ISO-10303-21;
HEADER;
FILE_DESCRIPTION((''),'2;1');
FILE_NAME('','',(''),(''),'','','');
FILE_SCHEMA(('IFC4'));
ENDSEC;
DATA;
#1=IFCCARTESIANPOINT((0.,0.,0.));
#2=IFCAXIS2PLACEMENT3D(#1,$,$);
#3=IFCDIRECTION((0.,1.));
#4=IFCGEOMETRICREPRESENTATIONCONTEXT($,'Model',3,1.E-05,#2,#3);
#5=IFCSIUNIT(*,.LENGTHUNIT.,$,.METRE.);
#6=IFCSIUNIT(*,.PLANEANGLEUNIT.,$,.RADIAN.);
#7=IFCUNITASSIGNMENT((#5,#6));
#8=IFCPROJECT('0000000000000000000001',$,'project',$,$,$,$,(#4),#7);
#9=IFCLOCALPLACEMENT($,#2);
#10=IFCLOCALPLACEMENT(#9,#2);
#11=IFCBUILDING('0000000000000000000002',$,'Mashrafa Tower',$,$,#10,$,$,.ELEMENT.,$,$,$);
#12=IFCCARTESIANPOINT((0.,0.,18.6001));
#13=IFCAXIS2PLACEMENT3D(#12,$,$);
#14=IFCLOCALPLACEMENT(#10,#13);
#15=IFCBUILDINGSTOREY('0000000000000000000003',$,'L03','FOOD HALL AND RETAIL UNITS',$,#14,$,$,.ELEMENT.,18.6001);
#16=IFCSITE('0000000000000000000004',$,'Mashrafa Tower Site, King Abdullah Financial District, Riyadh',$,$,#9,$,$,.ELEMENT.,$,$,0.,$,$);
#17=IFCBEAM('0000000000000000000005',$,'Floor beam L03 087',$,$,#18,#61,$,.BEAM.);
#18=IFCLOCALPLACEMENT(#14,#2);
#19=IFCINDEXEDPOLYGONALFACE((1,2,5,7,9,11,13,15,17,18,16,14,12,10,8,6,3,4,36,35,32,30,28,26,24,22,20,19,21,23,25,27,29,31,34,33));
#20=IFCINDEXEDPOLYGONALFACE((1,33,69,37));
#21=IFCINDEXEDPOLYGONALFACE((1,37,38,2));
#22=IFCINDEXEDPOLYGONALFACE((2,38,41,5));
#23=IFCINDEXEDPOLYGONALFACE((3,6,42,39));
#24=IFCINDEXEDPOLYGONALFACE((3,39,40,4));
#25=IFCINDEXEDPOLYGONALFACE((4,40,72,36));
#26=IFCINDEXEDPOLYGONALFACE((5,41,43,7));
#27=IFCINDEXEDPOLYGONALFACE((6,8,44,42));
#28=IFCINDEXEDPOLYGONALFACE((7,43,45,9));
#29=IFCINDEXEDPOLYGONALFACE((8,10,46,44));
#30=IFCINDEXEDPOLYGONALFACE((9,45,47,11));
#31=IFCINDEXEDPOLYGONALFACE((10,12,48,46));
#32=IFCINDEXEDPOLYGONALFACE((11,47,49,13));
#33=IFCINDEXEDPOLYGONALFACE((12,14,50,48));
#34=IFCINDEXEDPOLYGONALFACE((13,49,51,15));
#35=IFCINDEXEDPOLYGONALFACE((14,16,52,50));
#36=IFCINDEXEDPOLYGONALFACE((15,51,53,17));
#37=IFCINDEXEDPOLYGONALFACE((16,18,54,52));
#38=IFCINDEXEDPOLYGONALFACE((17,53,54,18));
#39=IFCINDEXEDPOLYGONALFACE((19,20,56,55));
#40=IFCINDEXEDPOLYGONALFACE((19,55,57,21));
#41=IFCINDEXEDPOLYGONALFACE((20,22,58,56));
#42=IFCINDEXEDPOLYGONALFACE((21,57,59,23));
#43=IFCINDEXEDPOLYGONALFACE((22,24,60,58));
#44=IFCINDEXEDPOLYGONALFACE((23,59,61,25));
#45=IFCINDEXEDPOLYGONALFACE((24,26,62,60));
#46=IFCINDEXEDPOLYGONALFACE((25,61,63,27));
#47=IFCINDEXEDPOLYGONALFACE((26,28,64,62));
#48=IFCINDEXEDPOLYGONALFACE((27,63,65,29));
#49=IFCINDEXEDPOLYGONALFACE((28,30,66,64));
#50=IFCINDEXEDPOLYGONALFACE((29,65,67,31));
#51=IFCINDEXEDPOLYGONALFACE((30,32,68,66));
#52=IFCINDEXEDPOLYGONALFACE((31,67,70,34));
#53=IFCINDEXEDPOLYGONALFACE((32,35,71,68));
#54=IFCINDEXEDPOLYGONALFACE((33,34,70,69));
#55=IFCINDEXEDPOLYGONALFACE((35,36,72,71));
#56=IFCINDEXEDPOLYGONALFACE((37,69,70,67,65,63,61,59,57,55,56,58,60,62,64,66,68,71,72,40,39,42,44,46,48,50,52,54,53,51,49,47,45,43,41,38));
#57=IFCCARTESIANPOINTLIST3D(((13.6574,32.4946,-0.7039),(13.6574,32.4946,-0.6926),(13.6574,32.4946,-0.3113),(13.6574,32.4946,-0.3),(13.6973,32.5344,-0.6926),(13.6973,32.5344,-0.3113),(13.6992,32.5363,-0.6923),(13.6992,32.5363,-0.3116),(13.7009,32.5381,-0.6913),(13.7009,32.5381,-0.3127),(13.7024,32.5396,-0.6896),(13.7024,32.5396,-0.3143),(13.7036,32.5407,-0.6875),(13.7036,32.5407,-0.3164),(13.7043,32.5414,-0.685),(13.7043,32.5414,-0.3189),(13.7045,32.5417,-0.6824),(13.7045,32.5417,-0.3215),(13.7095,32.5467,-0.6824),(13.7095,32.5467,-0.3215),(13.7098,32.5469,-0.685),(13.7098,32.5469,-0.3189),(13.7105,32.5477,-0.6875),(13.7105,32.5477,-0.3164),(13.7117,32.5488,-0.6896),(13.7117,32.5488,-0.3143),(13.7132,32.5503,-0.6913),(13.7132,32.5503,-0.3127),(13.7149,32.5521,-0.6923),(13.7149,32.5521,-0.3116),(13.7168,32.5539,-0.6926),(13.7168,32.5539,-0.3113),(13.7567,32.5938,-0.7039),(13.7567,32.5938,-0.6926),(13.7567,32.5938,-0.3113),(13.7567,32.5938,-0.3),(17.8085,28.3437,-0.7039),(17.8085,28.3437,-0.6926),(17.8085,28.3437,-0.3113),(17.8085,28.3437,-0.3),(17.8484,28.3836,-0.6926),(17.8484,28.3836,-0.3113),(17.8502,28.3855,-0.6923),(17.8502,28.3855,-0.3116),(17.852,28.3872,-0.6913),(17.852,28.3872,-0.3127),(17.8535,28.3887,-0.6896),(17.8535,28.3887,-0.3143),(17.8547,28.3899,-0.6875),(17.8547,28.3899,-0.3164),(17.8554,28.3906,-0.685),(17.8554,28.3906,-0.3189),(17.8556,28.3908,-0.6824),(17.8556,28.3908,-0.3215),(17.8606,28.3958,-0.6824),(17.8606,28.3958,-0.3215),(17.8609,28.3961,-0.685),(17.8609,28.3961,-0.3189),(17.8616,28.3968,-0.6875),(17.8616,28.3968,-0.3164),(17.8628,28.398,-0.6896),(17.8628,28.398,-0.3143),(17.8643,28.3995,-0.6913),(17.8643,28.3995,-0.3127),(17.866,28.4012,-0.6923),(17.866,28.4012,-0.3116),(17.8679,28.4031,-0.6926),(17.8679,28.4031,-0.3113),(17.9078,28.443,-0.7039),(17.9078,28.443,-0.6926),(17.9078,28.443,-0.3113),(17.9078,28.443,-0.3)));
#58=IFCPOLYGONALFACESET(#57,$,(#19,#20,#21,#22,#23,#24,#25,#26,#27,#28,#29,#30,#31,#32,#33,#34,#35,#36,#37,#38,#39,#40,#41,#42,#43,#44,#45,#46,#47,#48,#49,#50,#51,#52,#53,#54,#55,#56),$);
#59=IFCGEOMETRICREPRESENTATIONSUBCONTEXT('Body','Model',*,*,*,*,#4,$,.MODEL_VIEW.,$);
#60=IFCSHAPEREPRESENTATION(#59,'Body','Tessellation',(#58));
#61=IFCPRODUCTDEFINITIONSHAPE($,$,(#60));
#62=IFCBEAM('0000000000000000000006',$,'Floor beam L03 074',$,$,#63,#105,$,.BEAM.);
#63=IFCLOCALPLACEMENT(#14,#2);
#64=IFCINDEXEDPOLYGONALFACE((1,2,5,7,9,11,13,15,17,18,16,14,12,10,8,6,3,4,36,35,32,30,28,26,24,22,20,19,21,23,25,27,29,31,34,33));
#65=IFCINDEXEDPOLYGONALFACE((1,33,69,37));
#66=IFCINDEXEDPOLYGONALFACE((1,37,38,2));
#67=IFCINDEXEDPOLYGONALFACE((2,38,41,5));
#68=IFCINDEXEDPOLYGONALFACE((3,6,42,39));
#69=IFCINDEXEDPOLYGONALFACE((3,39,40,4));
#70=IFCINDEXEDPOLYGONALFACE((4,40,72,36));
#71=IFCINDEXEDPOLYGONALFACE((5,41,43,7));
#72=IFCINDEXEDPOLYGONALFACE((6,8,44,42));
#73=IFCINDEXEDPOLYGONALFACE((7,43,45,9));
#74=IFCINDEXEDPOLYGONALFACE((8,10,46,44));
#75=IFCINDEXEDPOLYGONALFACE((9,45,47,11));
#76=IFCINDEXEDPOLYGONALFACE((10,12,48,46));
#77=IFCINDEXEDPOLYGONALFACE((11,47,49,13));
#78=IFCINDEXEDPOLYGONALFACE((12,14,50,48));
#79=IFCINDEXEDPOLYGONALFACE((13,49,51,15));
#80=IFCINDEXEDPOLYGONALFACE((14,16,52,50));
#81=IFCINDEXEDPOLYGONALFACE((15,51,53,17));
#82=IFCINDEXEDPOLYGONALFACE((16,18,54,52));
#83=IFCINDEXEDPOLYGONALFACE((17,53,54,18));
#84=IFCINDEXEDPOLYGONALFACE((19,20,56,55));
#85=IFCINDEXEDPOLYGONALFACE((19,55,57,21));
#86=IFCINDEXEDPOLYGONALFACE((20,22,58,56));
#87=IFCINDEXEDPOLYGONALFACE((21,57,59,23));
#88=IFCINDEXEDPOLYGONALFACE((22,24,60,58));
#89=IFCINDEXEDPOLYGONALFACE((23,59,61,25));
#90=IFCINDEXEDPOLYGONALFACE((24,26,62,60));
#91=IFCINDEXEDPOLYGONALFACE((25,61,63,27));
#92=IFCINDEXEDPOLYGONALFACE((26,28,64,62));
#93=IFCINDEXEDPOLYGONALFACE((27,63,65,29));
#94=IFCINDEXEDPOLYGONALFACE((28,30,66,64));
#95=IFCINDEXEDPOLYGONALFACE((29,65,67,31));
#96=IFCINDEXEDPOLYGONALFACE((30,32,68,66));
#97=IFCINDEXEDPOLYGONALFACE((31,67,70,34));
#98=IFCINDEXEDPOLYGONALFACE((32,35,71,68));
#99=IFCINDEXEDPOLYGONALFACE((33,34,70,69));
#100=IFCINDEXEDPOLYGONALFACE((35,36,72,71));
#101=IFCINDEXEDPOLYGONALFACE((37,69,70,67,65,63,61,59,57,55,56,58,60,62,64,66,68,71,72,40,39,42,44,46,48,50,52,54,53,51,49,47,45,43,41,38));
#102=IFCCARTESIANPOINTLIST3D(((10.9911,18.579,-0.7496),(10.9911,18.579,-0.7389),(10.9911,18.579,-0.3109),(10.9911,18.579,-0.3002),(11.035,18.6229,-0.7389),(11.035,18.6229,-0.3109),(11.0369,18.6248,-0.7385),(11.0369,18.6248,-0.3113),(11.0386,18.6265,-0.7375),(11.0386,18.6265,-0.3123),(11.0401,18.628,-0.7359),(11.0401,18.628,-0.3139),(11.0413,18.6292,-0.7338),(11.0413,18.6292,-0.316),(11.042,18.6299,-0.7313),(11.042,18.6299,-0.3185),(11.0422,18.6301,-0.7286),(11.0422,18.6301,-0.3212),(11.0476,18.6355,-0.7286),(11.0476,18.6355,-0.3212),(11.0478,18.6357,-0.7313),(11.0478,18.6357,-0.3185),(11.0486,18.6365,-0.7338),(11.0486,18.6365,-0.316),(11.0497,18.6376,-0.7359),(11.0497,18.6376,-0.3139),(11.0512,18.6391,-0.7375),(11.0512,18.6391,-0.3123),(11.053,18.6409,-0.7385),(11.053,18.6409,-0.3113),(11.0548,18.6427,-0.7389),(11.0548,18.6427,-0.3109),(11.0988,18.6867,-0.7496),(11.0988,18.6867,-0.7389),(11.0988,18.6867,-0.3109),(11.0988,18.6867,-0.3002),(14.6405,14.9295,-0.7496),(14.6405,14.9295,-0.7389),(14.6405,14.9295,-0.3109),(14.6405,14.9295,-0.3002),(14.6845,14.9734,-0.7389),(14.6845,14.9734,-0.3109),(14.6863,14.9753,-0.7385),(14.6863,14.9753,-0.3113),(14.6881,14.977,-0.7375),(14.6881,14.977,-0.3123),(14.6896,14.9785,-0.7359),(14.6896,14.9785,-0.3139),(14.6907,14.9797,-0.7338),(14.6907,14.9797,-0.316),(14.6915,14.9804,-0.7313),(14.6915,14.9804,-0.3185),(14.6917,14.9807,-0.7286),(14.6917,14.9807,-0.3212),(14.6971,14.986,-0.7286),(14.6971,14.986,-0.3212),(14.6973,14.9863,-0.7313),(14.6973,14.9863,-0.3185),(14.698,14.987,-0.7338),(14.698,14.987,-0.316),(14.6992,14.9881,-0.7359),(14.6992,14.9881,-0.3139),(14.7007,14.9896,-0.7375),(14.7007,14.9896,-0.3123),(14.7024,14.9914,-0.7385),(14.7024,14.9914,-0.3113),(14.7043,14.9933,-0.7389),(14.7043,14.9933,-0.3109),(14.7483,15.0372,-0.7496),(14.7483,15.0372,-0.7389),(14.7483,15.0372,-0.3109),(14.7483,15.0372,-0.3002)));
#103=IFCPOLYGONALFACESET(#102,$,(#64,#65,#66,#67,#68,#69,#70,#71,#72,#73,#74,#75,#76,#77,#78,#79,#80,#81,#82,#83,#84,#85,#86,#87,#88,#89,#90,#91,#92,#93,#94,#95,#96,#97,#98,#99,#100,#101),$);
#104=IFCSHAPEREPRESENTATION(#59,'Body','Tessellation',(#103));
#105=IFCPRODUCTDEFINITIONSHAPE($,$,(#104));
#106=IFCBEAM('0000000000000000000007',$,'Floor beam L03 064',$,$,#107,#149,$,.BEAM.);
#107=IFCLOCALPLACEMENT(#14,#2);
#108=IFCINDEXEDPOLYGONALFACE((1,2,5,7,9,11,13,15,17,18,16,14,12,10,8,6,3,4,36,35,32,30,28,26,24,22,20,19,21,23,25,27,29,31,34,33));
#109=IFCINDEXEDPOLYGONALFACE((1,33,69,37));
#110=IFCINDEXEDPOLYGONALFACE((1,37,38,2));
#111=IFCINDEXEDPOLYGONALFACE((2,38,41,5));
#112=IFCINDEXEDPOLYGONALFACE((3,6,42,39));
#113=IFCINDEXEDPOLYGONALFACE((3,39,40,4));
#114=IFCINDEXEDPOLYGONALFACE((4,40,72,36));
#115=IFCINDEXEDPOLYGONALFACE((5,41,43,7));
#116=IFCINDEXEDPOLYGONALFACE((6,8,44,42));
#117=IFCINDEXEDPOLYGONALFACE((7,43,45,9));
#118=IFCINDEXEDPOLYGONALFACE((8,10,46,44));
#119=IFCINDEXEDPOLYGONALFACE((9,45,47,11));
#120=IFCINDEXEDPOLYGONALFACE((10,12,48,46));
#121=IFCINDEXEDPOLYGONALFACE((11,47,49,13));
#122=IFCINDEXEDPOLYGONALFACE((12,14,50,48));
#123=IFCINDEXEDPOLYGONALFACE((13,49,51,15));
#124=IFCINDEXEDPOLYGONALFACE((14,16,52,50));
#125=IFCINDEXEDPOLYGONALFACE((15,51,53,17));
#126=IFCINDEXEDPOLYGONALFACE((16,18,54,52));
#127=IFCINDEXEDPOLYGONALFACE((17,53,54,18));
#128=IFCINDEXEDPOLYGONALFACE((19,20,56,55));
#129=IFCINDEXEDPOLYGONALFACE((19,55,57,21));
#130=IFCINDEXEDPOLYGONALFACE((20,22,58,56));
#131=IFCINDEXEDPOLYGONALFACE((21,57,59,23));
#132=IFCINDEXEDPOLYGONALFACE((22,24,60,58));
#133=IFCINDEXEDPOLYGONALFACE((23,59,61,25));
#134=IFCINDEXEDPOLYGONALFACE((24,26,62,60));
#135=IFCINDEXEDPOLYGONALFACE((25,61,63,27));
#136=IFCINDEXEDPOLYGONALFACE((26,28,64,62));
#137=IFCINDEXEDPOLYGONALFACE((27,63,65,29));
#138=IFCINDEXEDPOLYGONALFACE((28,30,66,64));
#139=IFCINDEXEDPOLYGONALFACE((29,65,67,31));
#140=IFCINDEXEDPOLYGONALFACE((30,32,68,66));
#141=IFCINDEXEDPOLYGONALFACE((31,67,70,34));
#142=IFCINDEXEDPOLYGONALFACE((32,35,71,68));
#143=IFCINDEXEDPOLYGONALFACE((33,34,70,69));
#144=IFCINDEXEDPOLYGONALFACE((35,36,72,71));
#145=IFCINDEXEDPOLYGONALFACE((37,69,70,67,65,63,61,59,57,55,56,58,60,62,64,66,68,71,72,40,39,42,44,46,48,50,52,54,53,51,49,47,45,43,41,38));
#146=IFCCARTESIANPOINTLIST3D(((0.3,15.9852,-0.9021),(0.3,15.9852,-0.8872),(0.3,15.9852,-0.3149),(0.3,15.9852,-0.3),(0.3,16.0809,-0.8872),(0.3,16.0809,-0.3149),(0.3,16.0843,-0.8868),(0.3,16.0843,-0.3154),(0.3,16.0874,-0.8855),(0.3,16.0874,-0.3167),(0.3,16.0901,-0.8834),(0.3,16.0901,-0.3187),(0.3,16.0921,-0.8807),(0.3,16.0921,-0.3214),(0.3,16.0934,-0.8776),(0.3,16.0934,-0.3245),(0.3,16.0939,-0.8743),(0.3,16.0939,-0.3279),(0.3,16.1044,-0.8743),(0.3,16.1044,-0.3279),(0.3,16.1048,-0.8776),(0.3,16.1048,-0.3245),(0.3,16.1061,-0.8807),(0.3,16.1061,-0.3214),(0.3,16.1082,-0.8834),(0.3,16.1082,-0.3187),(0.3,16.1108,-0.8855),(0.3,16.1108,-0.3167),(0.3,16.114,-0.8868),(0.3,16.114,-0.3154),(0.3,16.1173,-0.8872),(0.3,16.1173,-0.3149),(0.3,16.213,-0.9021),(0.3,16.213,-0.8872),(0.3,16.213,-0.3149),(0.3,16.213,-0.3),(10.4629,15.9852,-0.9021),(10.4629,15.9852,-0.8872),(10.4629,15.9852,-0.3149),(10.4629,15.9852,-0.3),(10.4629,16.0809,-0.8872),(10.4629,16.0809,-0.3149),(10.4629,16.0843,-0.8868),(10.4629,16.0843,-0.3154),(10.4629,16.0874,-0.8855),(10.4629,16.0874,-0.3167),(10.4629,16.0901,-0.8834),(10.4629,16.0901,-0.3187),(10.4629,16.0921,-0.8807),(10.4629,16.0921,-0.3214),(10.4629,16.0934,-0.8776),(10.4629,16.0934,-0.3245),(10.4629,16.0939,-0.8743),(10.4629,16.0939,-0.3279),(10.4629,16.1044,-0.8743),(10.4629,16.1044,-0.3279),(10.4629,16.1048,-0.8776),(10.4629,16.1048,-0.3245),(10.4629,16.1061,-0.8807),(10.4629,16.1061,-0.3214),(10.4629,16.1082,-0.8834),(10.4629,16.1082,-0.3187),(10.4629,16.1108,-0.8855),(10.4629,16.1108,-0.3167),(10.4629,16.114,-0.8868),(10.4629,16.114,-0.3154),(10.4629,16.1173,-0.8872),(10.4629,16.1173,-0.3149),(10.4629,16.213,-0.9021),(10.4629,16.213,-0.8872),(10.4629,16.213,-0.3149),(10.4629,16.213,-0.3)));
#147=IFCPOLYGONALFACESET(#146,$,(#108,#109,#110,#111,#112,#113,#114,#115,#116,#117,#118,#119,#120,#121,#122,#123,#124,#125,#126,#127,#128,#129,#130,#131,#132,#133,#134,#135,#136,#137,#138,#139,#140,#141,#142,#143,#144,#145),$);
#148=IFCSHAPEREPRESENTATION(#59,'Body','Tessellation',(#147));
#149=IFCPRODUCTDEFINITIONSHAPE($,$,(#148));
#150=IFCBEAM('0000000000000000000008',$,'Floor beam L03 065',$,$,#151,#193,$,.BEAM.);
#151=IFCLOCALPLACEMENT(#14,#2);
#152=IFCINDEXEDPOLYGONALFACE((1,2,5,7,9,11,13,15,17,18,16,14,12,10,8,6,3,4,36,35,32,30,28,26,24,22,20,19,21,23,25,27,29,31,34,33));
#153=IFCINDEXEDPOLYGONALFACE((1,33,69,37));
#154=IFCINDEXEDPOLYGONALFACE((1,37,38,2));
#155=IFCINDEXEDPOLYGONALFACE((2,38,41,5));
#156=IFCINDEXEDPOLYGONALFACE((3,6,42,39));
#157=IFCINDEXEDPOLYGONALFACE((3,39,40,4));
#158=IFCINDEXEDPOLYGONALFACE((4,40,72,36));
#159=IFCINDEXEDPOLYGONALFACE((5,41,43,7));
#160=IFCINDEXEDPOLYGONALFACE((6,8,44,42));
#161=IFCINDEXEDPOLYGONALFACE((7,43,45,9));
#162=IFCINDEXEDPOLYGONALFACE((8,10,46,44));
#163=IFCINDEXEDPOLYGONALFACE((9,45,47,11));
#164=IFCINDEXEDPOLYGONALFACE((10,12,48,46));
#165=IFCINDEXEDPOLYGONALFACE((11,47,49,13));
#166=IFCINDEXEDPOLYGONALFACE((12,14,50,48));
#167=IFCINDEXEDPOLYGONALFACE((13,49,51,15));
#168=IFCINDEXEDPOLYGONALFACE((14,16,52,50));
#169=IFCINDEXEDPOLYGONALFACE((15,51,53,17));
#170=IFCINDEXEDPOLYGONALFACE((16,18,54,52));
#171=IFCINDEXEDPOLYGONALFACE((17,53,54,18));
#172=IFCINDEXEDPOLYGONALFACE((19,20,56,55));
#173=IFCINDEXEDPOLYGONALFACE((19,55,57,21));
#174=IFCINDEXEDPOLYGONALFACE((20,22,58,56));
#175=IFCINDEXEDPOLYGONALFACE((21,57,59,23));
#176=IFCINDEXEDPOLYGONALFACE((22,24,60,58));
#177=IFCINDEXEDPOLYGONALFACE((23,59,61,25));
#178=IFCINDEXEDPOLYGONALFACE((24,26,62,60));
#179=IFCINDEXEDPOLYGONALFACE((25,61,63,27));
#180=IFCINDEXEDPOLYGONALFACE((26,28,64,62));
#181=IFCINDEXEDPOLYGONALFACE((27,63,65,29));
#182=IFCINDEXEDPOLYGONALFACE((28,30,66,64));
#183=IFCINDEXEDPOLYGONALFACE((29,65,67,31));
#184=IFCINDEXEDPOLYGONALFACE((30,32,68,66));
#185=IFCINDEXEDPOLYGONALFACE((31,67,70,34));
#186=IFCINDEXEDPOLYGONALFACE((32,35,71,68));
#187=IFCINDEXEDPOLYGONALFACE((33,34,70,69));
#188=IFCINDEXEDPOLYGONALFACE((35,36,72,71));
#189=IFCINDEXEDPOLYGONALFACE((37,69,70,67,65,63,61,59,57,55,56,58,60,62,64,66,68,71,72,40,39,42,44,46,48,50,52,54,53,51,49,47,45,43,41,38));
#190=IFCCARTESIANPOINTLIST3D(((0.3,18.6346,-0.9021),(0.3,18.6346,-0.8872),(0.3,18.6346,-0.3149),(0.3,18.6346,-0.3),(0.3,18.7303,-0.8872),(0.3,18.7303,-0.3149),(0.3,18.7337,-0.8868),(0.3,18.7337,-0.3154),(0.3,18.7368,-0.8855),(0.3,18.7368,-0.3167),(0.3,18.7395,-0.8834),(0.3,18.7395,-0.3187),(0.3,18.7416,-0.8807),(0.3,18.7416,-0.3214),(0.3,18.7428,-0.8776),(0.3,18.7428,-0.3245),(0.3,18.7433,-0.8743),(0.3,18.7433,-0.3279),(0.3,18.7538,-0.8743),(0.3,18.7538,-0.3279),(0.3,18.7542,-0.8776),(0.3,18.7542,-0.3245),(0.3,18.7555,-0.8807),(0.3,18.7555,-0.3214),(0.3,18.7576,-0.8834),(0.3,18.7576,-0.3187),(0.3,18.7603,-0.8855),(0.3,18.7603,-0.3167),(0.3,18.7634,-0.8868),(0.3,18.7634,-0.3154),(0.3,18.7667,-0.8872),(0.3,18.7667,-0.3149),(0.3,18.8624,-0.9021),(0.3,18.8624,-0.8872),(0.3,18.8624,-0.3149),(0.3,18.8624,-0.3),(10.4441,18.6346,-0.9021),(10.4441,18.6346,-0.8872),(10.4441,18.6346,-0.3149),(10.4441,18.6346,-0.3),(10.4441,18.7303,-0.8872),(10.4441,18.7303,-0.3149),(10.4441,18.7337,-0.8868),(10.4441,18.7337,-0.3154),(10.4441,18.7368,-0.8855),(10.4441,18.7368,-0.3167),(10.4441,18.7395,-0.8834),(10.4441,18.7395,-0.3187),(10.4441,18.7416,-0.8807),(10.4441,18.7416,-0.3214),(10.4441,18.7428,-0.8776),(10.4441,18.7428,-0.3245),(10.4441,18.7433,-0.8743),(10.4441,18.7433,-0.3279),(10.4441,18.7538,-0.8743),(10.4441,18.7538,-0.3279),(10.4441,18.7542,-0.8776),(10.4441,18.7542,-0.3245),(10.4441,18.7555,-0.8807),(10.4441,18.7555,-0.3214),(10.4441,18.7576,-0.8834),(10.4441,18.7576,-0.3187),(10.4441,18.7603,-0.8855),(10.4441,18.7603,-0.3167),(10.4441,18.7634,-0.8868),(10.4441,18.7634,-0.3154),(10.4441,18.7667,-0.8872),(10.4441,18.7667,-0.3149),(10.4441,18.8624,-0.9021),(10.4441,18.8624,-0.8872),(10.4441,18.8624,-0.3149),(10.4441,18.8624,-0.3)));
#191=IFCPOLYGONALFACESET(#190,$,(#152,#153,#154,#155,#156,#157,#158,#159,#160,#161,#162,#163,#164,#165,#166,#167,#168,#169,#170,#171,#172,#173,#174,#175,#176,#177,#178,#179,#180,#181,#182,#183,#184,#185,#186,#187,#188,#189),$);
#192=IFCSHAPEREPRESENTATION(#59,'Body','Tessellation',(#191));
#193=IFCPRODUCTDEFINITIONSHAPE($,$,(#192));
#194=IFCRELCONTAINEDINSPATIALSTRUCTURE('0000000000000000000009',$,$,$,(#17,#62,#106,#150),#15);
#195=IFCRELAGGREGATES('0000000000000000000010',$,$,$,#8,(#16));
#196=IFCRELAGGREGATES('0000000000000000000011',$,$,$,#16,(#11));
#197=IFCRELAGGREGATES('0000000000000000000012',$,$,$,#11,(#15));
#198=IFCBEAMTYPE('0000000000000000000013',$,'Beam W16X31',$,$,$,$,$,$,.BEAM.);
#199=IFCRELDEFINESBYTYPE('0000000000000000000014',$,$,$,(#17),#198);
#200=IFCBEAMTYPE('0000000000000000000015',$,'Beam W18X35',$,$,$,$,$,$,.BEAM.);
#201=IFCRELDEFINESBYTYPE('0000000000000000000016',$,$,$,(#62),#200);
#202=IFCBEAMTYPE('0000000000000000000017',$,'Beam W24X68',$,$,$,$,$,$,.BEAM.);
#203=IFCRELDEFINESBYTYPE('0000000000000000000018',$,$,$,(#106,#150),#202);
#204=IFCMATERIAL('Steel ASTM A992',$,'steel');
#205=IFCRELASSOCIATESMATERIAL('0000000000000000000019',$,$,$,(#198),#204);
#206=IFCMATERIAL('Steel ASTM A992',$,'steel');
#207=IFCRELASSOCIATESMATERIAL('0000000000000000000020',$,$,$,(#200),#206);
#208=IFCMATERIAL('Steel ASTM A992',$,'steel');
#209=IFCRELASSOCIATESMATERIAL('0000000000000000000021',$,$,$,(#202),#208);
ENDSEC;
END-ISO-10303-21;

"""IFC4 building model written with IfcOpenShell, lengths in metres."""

from ifc_helpers import new_model, si_unit, direction, frame, origin, origin_2d, place, context, subcontext, project, spatial, i_section, extrude, material, material_profile, profile_set, type_object, element, save


model = new_model("IFC4")

# Units and contexts
model_context = context("Model", 3, precision=1e-05, world=origin(), true_north=direction((0.0, 1.0)))
body_context = subcontext(model_context, "Body", "Model", "MODEL_VIEW")
ifc_project = project(units=[si_unit("LENGTHUNIT", "METRE"), si_unit("PLANEANGLEUNIT", "RADIAN")], contexts=[model_context])

# Site, building, storey
site_placement = place(None, origin())
site = spatial("IfcSite", under=ifc_project, at=site_placement, Name="Mashrafa Tower Site, King Abdullah Financial District, Riyadh", CompositionType="ELEMENT", RefElevation=0.0)
building_placement = place(site_placement, origin())
building = spatial("IfcBuilding", under=site, at=building_placement, Name="Mashrafa Tower", CompositionType="ELEMENT")
storey_placement = place(building_placement, frame((0.0, 0.0, 18.6001)))
storey = spatial("IfcBuildingStorey", under=building, at=storey_placement, Name="L03", Description="FOOD HALL AND RETAIL UNITS", CompositionType="ELEMENT", Elevation=18.6001)

# Beams
ifc_material_1 = material(Name="Steel ASTM A992", Category="steel")
ifc_material_profile_1 = material_profile(ifc_material_1, i_section(OverallWidth=0.1404, OverallDepth=0.4038, WebThickness=0.0071, FlangeThickness=0.0112, FilletRadius=0.0103, at=origin_2d()), Name="W16X31")
ifc_profile_set_1 = profile_set([ifc_material_profile_1], Name="Steel ASTM A992")
beam_type_1 = type_object("IfcBeamType", Name="Beam W16X31", PredefinedType="BEAM", material=ifc_profile_set_1)
beam_1_placement = place(storey_placement, frame((13.707, 32.5442, -0.502), z_axis=(0.707128, -0.707086, 0.0), x_axis=(0.707086, 0.707128, 0.0)))
element("IfcBeam", 1, at=beam_1_placement, inside=storey, type_object=beam_type_1, Name="Floor beam L03 087", PredefinedType="BEAM", context=body_context, shape_type="SweptSolid", body=[
    extrude(i_section(OverallWidth=0.1404, OverallDepth=0.4038, WebThickness=0.0071, FlangeThickness=0.0112, FilletRadius=0.0103, at=origin_2d()), origin(), (0.0, 0.0, 1.0), 5.8704),
])
ifc_material_2 = material(Name="Steel ASTM A992", Category="steel")
ifc_material_profile_2 = material_profile(ifc_material_2, i_section(OverallWidth=0.1523, OverallDepth=0.4495, WebThickness=0.0076, FlangeThickness=0.0107, FilletRadius=0.0103, at=origin_2d()), Name="W18X35")
ifc_profile_set_2 = profile_set([ifc_material_profile_2], Name="Steel ASTM A992")
beam_type_2 = type_object("IfcBeamType", Name="Beam W18X35", PredefinedType="BEAM", material=ifc_profile_set_2)
beam_2_placement = place(storey_placement, frame((11.0449, 18.6328, -0.5249), z_axis=(0.707107, -0.707107, 0.0), x_axis=(0.707107, 0.707107, 0.0)))
element("IfcBeam", 2, at=beam_2_placement, inside=storey, type_object=beam_type_2, Name="Floor beam L03 074", PredefinedType="BEAM", context=body_context, shape_type="SweptSolid", body=[
    extrude(i_section(OverallWidth=0.1523, OverallDepth=0.4495, WebThickness=0.0076, FlangeThickness=0.0107, FilletRadius=0.0103, at=origin_2d()), origin(), (0.0, 0.0, 1.0), 5.1611),
])
ifc_material_3 = material(Name="Steel ASTM A992", Category="steel")
ifc_material_profile_3 = material_profile(ifc_material_3, i_section(OverallWidth=0.2278, OverallDepth=0.6021, WebThickness=0.0105, FlangeThickness=0.0149, FilletRadius=0.0129, at=origin_2d()), Name="W24X68")
ifc_profile_set_3 = profile_set([ifc_material_profile_3], Name="Steel ASTM A992")
beam_type_3 = type_object("IfcBeamType", Name="Beam W24X68", PredefinedType="BEAM", material=ifc_profile_set_3)
beam_3_placement = place(storey_placement, frame((0.3, 16.0991, -0.6011), z_axis=(1.0, 0.0, 0.0), x_axis=(0.0, 1.0, 0.0)))
element("IfcBeam", 3, at=beam_3_placement, inside=storey, type_object=beam_type_3, Name="Floor beam L03 064", PredefinedType="BEAM", context=body_context, shape_type="SweptSolid", body=[
    extrude(i_section(OverallWidth=0.2278, OverallDepth=0.6021, WebThickness=0.0105, FlangeThickness=0.0149, FilletRadius=0.0129, at=origin_2d()), origin(), (0.0, 0.0, 1.0), 10.1628),
])
beam_4_placement = place(storey_placement, frame((0.3, 18.7485, -0.6011), z_axis=(1.0, 0.0, 0.0), x_axis=(0.0, 1.0, 0.0)))
element("IfcBeam", 4, at=beam_4_placement, inside=storey, type_object=beam_type_3, Name="Floor beam L03 065", PredefinedType="BEAM", context=body_context, shape_type="SweptSolid", body=[
    extrude(i_section(OverallWidth=0.2278, OverallDepth=0.6021, WebThickness=0.0105, FlangeThickness=0.0149, FilletRadius=0.0129, at=origin_2d()), origin(), (0.0, 0.0, 1.0), 10.144),
])

save(model, "model.ifc")
